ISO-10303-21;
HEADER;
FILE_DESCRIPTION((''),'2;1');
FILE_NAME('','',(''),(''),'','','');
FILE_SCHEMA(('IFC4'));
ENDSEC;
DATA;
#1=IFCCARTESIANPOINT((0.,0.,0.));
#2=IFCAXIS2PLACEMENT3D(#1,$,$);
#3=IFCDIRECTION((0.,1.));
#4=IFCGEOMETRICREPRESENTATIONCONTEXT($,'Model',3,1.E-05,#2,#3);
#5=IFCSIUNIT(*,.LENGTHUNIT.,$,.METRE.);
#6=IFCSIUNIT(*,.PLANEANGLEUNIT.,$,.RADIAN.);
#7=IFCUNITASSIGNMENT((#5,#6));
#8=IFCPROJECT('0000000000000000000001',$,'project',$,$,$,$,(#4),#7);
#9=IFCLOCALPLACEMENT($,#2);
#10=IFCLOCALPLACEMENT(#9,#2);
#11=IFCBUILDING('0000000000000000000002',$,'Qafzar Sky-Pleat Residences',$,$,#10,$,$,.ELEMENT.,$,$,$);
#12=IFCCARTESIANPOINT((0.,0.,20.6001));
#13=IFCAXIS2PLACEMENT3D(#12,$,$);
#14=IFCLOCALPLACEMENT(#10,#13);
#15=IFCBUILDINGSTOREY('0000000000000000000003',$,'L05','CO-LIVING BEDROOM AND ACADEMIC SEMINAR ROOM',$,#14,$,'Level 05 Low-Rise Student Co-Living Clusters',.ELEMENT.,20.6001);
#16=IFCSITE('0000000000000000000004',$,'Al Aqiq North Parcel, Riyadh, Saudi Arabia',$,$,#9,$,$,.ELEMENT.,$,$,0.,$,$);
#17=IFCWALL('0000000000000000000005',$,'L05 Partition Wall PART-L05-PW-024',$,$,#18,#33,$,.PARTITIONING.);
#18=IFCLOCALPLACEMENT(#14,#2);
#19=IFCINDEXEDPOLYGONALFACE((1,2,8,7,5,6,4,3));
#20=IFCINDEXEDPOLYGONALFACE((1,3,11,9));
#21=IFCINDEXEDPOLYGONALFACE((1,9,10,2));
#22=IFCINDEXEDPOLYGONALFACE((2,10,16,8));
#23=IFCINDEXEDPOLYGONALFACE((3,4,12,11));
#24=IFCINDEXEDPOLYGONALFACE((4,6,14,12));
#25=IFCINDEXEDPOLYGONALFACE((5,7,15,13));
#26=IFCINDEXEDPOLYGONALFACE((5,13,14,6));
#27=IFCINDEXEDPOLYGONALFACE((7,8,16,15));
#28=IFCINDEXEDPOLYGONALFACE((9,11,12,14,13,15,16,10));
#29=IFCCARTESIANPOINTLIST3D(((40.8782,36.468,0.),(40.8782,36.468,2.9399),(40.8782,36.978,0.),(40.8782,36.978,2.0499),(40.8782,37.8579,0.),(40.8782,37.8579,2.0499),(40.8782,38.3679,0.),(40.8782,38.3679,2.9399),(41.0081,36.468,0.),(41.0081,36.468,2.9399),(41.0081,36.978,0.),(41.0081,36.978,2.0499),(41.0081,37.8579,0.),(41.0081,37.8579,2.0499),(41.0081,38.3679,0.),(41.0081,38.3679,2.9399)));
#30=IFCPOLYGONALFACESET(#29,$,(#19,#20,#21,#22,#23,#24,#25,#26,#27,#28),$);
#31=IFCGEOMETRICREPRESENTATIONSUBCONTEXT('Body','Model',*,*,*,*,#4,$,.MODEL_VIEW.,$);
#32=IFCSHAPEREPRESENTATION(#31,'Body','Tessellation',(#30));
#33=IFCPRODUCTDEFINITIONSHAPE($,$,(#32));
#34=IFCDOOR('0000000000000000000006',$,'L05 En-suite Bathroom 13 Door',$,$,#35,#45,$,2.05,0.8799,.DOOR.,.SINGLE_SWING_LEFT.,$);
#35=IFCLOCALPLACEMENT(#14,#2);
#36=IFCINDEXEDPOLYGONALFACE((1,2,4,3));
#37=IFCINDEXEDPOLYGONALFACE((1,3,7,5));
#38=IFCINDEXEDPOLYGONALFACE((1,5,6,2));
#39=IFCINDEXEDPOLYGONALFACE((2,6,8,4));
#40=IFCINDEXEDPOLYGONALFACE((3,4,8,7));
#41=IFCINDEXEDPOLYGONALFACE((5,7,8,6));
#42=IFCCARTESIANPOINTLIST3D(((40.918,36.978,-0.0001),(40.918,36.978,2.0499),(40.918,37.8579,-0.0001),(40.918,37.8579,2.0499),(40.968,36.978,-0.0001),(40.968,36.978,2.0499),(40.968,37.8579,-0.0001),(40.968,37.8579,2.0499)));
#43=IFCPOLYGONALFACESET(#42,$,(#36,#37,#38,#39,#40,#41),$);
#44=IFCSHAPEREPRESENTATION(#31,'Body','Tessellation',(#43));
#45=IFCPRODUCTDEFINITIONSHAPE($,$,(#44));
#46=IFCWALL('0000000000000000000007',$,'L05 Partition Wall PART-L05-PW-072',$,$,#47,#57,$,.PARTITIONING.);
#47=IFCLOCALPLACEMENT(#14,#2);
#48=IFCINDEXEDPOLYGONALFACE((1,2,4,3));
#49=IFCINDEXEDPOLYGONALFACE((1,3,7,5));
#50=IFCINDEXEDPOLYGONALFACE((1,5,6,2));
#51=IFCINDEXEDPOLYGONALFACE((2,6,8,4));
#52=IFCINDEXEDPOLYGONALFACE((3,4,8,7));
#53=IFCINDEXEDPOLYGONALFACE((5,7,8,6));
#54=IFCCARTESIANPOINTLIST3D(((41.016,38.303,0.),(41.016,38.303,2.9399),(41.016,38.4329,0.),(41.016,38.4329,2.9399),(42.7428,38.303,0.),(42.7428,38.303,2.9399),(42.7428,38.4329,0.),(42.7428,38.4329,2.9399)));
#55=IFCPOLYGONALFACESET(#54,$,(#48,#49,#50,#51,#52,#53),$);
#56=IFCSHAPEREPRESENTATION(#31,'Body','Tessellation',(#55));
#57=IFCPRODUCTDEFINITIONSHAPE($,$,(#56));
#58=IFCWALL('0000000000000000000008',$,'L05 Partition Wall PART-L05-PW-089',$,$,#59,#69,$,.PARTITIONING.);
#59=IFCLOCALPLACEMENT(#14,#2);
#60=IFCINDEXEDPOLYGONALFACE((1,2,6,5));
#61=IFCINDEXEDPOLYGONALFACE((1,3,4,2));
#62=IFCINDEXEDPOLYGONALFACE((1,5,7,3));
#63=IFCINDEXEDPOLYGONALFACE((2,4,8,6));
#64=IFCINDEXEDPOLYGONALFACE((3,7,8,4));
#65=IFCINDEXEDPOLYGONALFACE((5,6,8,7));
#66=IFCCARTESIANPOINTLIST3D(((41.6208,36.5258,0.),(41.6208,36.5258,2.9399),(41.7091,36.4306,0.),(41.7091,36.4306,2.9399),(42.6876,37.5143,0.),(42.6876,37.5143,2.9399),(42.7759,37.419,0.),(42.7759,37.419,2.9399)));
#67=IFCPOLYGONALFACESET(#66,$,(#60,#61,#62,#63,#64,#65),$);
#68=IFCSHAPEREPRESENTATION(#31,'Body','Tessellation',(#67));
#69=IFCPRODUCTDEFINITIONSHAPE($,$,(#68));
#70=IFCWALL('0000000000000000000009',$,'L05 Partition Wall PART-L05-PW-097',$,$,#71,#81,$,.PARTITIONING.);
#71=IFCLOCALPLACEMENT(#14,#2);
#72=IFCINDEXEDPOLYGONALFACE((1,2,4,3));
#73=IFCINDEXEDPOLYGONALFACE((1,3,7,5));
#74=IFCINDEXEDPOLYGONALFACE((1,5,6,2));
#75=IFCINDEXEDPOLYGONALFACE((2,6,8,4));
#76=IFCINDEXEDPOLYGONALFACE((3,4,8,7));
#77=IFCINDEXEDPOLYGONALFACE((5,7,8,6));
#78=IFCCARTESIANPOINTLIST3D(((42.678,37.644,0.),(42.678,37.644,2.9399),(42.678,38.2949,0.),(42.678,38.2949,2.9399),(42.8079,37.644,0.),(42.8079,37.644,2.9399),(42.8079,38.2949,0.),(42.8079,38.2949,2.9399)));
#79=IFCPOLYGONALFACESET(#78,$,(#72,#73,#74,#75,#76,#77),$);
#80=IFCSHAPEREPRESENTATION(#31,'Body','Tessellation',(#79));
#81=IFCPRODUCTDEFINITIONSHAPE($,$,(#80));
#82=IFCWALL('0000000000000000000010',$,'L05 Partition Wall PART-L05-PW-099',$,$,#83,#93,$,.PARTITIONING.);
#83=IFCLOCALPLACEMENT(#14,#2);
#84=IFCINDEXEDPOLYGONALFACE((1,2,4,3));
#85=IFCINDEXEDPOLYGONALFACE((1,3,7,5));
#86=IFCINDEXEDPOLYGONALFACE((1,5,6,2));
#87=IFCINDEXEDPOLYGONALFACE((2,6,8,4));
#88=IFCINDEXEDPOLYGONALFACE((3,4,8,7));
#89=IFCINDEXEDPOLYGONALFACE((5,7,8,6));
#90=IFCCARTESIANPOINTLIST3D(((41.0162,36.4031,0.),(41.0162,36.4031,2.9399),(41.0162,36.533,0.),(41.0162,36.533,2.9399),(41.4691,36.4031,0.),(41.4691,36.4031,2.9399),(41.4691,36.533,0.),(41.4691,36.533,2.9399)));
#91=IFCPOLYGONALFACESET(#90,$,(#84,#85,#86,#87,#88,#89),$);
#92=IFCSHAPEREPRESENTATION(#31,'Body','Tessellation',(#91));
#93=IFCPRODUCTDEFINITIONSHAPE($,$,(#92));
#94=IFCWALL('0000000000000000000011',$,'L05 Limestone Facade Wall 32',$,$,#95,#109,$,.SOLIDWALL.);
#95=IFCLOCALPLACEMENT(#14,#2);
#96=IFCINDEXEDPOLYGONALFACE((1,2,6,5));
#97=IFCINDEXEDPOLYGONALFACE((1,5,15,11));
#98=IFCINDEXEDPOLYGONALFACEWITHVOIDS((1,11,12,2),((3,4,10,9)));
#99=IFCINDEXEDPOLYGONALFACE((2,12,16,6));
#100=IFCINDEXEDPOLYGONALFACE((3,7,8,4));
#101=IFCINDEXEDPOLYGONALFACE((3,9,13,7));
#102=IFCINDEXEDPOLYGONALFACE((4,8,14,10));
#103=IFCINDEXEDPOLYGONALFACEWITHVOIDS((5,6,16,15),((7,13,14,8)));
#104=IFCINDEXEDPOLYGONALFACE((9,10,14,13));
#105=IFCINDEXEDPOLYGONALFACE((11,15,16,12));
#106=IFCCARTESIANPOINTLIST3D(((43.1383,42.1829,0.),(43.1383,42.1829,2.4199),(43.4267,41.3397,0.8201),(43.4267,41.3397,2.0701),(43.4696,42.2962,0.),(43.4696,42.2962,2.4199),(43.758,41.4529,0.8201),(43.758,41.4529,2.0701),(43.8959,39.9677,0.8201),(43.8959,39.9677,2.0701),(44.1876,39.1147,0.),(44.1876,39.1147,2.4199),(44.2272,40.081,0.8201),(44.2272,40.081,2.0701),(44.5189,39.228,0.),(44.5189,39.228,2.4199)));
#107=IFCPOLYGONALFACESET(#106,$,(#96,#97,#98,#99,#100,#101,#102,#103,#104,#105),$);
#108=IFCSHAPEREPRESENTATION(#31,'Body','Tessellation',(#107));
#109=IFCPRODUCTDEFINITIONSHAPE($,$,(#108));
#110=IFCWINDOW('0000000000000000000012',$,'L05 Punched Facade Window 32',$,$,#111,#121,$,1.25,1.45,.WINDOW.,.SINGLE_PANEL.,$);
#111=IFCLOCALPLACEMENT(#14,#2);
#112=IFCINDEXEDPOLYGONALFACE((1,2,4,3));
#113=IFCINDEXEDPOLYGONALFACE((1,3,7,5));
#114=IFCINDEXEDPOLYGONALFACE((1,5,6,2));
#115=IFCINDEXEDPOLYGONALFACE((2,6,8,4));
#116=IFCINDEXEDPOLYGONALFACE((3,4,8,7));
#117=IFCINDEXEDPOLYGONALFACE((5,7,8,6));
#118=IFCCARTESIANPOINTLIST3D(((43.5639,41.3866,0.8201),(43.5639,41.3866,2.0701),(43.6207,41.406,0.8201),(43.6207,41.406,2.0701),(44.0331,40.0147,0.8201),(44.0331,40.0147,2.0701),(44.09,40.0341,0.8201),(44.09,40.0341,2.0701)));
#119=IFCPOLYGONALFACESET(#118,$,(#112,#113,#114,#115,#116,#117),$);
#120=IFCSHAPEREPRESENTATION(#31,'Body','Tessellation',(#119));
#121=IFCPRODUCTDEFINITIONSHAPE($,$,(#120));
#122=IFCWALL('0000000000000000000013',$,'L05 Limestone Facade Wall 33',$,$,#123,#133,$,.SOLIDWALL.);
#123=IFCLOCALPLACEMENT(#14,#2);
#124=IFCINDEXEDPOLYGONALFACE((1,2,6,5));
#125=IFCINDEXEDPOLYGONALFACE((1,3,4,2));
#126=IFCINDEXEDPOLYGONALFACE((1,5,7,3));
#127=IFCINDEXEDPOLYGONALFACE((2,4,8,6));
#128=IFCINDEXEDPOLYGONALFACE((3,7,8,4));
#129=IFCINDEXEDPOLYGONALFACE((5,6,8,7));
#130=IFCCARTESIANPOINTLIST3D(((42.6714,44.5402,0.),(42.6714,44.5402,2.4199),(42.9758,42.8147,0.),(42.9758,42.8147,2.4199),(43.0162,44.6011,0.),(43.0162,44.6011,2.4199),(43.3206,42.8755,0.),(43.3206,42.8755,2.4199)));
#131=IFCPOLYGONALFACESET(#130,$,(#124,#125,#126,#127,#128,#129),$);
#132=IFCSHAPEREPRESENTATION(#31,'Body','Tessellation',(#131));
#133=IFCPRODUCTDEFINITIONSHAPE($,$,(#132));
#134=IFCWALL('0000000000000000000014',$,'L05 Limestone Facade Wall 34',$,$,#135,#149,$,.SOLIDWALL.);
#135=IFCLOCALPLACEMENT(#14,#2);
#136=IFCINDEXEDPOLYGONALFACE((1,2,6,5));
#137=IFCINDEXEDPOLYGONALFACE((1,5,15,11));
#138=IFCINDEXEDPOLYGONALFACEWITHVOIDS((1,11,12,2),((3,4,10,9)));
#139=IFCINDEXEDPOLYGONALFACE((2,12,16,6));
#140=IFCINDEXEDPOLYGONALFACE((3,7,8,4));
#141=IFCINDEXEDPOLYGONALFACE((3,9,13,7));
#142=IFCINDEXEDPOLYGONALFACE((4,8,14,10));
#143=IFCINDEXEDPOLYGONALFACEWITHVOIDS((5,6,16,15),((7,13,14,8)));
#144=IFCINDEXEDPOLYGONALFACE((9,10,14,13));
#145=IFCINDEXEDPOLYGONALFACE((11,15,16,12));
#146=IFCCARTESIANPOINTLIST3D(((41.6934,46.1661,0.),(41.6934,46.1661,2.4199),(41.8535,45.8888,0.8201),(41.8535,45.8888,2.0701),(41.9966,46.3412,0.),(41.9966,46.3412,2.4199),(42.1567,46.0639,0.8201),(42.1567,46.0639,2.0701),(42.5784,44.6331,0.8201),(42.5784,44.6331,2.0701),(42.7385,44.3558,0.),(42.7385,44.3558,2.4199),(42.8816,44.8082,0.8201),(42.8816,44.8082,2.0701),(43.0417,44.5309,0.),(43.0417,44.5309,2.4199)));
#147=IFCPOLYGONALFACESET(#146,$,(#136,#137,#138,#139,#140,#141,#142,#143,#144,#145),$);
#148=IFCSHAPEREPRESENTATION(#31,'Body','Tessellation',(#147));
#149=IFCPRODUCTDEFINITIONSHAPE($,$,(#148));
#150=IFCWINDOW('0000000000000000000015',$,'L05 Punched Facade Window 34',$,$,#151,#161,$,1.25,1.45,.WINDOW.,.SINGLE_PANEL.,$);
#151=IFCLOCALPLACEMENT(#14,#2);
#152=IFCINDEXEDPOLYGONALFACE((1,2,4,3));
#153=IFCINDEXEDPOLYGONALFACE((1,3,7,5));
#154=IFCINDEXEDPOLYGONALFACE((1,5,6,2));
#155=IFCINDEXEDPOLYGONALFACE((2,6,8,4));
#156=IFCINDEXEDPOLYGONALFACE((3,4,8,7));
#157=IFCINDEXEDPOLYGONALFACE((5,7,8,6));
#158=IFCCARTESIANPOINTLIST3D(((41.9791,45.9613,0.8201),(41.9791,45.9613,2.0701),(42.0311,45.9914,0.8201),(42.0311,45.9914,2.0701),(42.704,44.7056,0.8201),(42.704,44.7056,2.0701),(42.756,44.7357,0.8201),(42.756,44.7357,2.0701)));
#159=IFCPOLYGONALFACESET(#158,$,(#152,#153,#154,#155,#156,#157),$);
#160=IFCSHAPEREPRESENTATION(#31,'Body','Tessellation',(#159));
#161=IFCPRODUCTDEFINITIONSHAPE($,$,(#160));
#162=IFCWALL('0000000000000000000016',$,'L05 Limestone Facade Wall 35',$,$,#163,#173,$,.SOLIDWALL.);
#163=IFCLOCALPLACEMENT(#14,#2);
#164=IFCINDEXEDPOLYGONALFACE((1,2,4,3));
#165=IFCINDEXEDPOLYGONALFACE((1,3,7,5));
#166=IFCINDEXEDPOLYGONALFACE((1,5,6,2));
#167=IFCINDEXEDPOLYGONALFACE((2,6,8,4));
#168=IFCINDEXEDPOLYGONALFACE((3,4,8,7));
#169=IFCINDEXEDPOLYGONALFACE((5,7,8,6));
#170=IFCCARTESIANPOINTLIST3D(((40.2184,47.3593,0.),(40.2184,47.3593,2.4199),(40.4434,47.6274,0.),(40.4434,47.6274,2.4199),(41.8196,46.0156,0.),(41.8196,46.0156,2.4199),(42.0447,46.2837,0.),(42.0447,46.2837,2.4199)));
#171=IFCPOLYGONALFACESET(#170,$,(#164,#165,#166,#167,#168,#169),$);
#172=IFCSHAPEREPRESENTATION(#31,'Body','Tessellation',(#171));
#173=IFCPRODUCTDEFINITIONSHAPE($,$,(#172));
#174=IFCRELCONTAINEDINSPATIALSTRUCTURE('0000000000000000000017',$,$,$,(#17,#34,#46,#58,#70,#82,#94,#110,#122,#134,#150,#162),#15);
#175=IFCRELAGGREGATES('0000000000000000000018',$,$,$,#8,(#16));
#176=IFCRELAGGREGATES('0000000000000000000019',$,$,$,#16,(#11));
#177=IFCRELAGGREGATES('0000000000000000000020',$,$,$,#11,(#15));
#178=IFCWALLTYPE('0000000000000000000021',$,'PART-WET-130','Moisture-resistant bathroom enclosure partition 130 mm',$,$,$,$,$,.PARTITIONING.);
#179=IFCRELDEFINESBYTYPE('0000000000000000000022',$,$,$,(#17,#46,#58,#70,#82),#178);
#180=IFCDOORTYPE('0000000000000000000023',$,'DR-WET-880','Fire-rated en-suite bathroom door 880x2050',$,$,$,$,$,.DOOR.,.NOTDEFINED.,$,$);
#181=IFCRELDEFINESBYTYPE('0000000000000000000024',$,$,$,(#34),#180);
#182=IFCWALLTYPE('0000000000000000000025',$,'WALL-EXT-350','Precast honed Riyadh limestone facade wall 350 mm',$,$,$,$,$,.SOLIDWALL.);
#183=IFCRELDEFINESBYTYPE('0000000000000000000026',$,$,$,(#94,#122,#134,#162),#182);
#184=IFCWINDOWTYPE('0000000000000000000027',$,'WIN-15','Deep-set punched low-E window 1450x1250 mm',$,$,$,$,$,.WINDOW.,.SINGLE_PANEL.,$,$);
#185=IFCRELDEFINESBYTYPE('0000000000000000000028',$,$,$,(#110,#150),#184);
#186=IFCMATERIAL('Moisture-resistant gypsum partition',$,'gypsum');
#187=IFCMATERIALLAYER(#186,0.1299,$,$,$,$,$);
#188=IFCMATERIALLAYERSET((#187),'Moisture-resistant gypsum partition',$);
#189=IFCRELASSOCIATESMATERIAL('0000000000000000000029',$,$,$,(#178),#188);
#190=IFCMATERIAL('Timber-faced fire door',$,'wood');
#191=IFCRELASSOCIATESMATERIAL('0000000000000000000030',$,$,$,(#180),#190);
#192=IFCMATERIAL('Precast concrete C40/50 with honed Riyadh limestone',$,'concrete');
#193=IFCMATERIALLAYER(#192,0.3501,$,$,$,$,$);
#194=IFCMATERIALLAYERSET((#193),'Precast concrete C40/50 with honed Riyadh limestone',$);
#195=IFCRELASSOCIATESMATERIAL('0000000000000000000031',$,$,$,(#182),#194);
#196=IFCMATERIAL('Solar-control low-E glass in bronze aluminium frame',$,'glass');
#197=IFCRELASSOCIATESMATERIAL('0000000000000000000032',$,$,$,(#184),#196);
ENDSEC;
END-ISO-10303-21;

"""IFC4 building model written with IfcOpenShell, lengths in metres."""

from ifc_helpers import new_model, si_unit, direction, frame, frame_2d, origin, place, context, subcontext, project, spatial, rectangle, extrude, source, transform, mapped, material, layer, layer_set, type_object, element, fill, save


model = new_model("IFC4")

# Units and contexts
model_context = context("Model", 3, precision=1e-05, world=origin(), true_north=direction((0.0, 1.0)))
body_context = subcontext(model_context, "Body", "Model", "MODEL_VIEW")
ifc_project = project(units=[si_unit("LENGTHUNIT", "METRE"), si_unit("PLANEANGLEUNIT", "RADIAN")], contexts=[model_context])

# Site, building, storey
site_placement = place(None, origin())
site = spatial("IfcSite", under=ifc_project, at=site_placement, Name="Al Aqiq North Parcel, Riyadh, Saudi Arabia", CompositionType="ELEMENT", RefElevation=0.0)
building_placement = place(site_placement, origin())
building = spatial("IfcBuilding", under=site, at=building_placement, Name="Qafzar Sky-Pleat Residences", CompositionType="ELEMENT")
storey_placement = place(building_placement, frame((0.0, 0.0, 20.6001)))
storey = spatial("IfcBuildingStorey", under=building, at=storey_placement, Name="L05", Description="CO-LIVING BEDROOM AND ACADEMIC SEMINAR ROOM", LongName="Level 05 Low-Rise Student Co-Living Clusters", CompositionType="ELEMENT", Elevation=20.6001)

# Wall, opening, door
ifc_material_1 = material(Name="Moisture-resistant gypsum partition", Category="gypsum")
ifc_layer_1 = layer(ifc_material_1, 0.1299)
ifc_layer_set_1 = layer_set([ifc_layer_1], Name="Moisture-resistant gypsum partition")
wall_type_1 = type_object("IfcWallType", Name="PART-WET-130", Description="Moisture-resistant bathroom enclosure partition 130 mm", PredefinedType="PARTITIONING", material=ifc_layer_set_1)
wall_1_placement = place(storey_placement, frame((40.9431, 38.3679, 0.0), z_axis=(0.0, 0.0, 1.0), x_axis=(0.0, -1.0, 0.0)))
wall_1 = element("IfcWall", 1, at=wall_1_placement, inside=storey, type_object=wall_type_1, Name="L05 Partition Wall PART-L05-PW-024", PredefinedType="PARTITIONING", context=body_context, shape_type="SweptSolid", body=[
    extrude(rectangle(XDim=1.8999, YDim=0.1299, at=frame_2d((0.95, 0.0))), origin(), (0.0, 0.0, 1.0), 2.9399),
])
opening_1_placement = place(wall_1_placement, frame((0.51, 0.0, 0.0)))
opening_1 = element("IfcOpeningElement", 2, at=opening_1_placement, cuts=wall_1, PredefinedType="OPENING", context=body_context, shape_type="SweptSolid", body=[
    extrude(rectangle(XDim=0.8799, YDim=2.05, at=frame_2d((0.4399, 1.0249))), frame((0.0, 0.075, 0.0), z_axis=(0.0, -1.0, 0.0), x_axis=(1.0, 0.0, 0.0)), (0.0, 0.0, 1.0), 0.1499),
])
ifc_material_2 = material(Name="Timber-faced fire door", Category="wood")
door_type = type_object("IfcDoorType", Name="DR-WET-880", Description="Fire-rated en-suite bathroom door 880x2050", OperationType="NOTDEFINED", PredefinedType="DOOR", material=ifc_material_2)
shared_shape_1 = source(origin(), body_context, "Body", "SweptSolid", [
    extrude(rectangle(XDim=0.8799, YDim=2.05, at=frame_2d((0.4399, 1.0249))), frame((0.0, 0.0249, 0.0), z_axis=(0.0, -1.0, 0.0), x_axis=(1.0, 0.0, 0.0)), (0.0, 0.0, 1.0), 0.05),
])
door_placement = place(opening_1_placement, origin())
door = element("IfcDoor", 3, at=door_placement, inside=storey, type_object=door_type, Name="L05 En-suite Bathroom 13 Door", OperationType="SINGLE_SWING_LEFT", OverallHeight=2.05, OverallWidth=0.8799, PredefinedType="DOOR", context=body_context, shape_type="MappedRepresentation", body=[
    mapped(shared_shape_1, transform((0.0, 0.0, 0.0), x_axis=(1.0, 0.0, 0.0), y_axis=(0.0, 1.0, 0.0), z_axis=(0.0, 0.0, 1.0), scale=1.0)),
])
fill(opening_1, door)

# Walls
wall_2_placement = place(storey_placement, frame((41.0161, 38.3679, 0.0), z_axis=(0.0, 0.0, 1.0), x_axis=(1.0, 0.0, 0.0)))
element("IfcWall", 4, at=wall_2_placement, inside=storey, type_object=wall_type_1, Name="L05 Partition Wall PART-L05-PW-072", PredefinedType="PARTITIONING", context=body_context, shape_type="SweptSolid", body=[
    extrude(rectangle(XDim=1.7268, YDim=0.1299, at=frame_2d((0.8633, 0.0))), origin(), (0.0, 0.0, 1.0), 2.9399),
])
wall_3_placement = place(storey_placement, frame((41.665, 36.4783, 0.0), z_axis=(0.0, 0.0, 1.0), x_axis=(0.733534, 0.679652, 0.0)))
element("IfcWall", 5, at=wall_3_placement, inside=storey, type_object=wall_type_1, Name="L05 Partition Wall PART-L05-PW-089", PredefinedType="PARTITIONING", context=body_context, shape_type="SweptSolid", body=[
    extrude(rectangle(XDim=1.4543, YDim=0.1299, at=frame_2d((0.7271, 0.0))), origin(), (0.0, 0.0, 1.0), 2.9399),
])
wall_4_placement = place(storey_placement, frame((42.7429, 37.644, 0.0), z_axis=(0.0, 0.0, 1.0), x_axis=(0.0, 1.0, 0.0)))
element("IfcWall", 6, at=wall_4_placement, inside=storey, type_object=wall_type_1, Name="L05 Partition Wall PART-L05-PW-097", PredefinedType="PARTITIONING", context=body_context, shape_type="SweptSolid", body=[
    extrude(rectangle(XDim=0.6509, YDim=0.1299, at=frame_2d((0.3254, 0.0))), origin(), (0.0, 0.0, 1.0), 2.9399),
])
wall_5_placement = place(storey_placement, frame((41.0161, 36.468, 0.0), z_axis=(0.0, 0.0, 1.0), x_axis=(1.0, 0.0, 0.0)))
element("IfcWall", 7, at=wall_5_placement, inside=storey, type_object=wall_type_1, Name="L05 Partition Wall PART-L05-PW-099", PredefinedType="PARTITIONING", context=body_context, shape_type="SweptSolid", body=[
    extrude(rectangle(XDim=0.4529, YDim=0.1299, at=frame_2d((0.2266, 0.0))), origin(), (0.0, 0.0, 1.0), 2.9399),
])

# Wall, opening, window
ifc_material_3 = material(Name="Precast concrete C40/50 with honed Riyadh limestone", Category="concrete")
ifc_layer_2 = layer(ifc_material_3, 0.3501)
ifc_layer_set_2 = layer_set([ifc_layer_2], Name="Precast concrete C40/50 with honed Riyadh limestone")
wall_type_2 = type_object("IfcWallType", Name="WALL-EXT-350", Description="Precast honed Riyadh limestone facade wall 350 mm", PredefinedType="SOLIDWALL", material=ifc_layer_set_2)
wall_6_placement = place(storey_placement, frame((44.3533, 39.1714, 0.0), z_axis=(0.0, 0.0, 1.0), x_axis=(-0.323604, 0.946193, 0.0)))
wall_6 = element("IfcWall", 8, at=wall_6_placement, inside=storey, type_object=wall_type_2, Name="L05 Limestone Facade Wall 32", PredefinedType="SOLIDWALL", context=body_context, shape_type="SweptSolid", body=[
    extrude(rectangle(XDim=3.2427, YDim=0.3501, at=frame_2d((1.6213, 0.0))), origin(), (0.0, 0.0, 1.0), 2.4199),
])
opening_2_placement = place(wall_6_placement, frame((0.9014, 0.0, 0.8201)))
opening_2 = element("IfcOpeningElement", 9, at=opening_2_placement, cuts=wall_6, PredefinedType="OPENING", context=body_context, shape_type="SweptSolid", body=[
    extrude(rectangle(XDim=1.45, YDim=1.25, at=frame_2d((0.7251, 0.625))), frame((0.0, 0.1851, 0.0), z_axis=(0.0, -1.0, 0.0), x_axis=(1.0, 0.0, 0.0)), (0.0, 0.0, 1.0), 0.3701),
])
ifc_material_4 = material(Name="Solar-control low-E glass in bronze aluminium frame", Category="glass")
window_type = type_object("IfcWindowType", Name="WIN-15", Description="Deep-set punched low-E window 1450x1250 mm", PartitioningType="SINGLE_PANEL", PredefinedType="WINDOW", material=ifc_material_4)
shared_shape_2 = source(origin(), body_context, "Body", "SweptSolid", [
    extrude(rectangle(XDim=1.45, YDim=1.25, at=frame_2d((0.7251, 0.625))), frame((0.0, 0.03, 0.0), z_axis=(0.0, -1.0, 0.0), x_axis=(1.0, 0.0, 0.0)), (0.0, 0.0, 1.0), 0.0601),
])
window_1_placement = place(opening_2_placement, origin())
window_1 = element("IfcWindow", 10, at=window_1_placement, inside=storey, type_object=window_type, Name="L05 Punched Facade Window 32", OverallHeight=1.25, OverallWidth=1.45, PartitioningType="SINGLE_PANEL", PredefinedType="WINDOW", context=body_context, shape_type="MappedRepresentation", body=[
    mapped(shared_shape_2, transform((0.0, 0.0, 0.0), x_axis=(1.0, 0.0, 0.0), y_axis=(0.0, 1.0, 0.0), z_axis=(0.0, 0.0, 1.0), scale=1.0)),
])
fill(opening_2, window_1)

# Wall
wall_7_placement = place(storey_placement, frame((43.1482, 42.8452, 0.0), z_axis=(0.0, 0.0, 1.0), x_axis=(-0.173746, 0.984791, 0.0)))
element("IfcWall", 11, at=wall_7_placement, inside=storey, type_object=wall_type_2, Name="L05 Limestone Facade Wall 33", PredefinedType="SOLIDWALL", context=body_context, shape_type="SweptSolid", body=[
    extrude(rectangle(XDim=1.7522, YDim=0.3501, at=frame_2d((0.876, 0.0))), origin(), (0.0, 0.0, 1.0), 2.4199),
])

# Wall, opening, window
wall_8_placement = place(storey_placement, frame((42.8901, 44.4434, 0.0), z_axis=(0.0, 0.0, 1.0), x_axis=(-0.499995, 0.866028, 0.0)))
wall_8 = element("IfcWall", 12, at=wall_8_placement, inside=storey, type_object=wall_type_2, Name="L05 Limestone Facade Wall 34", PredefinedType="SOLIDWALL", context=body_context, shape_type="SweptSolid", body=[
    extrude(rectangle(XDim=2.0903, YDim=0.3501, at=frame_2d((1.0452, 0.0))), origin(), (0.0, 0.0, 1.0), 2.4199),
])
opening_3_placement = place(wall_8_placement, frame((0.3201, 0.0, 0.8201)))
opening_3 = element("IfcOpeningElement", 13, at=opening_3_placement, cuts=wall_8, PredefinedType="OPENING", context=body_context, shape_type="SweptSolid", body=[
    extrude(rectangle(XDim=1.45, YDim=1.25, at=frame_2d((0.7251, 0.625))), frame((0.0, 0.1851, 0.0), z_axis=(0.0, -1.0, 0.0), x_axis=(1.0, 0.0, 0.0)), (0.0, 0.0, 1.0), 0.3701),
])
window_2_placement = place(opening_3_placement, origin())
window_2 = element("IfcWindow", 14, at=window_2_placement, inside=storey, type_object=window_type, Name="L05 Punched Facade Window 34", OverallHeight=1.25, OverallWidth=1.45, PartitioningType="SINGLE_PANEL", PredefinedType="WINDOW", context=body_context, shape_type="MappedRepresentation", body=[
    mapped(shared_shape_2, transform((0.0, 0.0, 0.0), x_axis=(1.0, 0.0, 0.0), y_axis=(0.0, 1.0, 0.0), z_axis=(0.0, 0.0, 1.0), scale=1.0)),
])
fill(opening_3, window_2)

# Wall
wall_9_placement = place(storey_placement, frame((41.9321, 46.1497, 0.0), z_axis=(0.0, 0.0, 1.0), x_axis=(-0.766025, 0.642811, 0.0)))
element("IfcWall", 15, at=wall_9_placement, inside=storey, type_object=wall_type_2, Name="L05 Limestone Facade Wall 35", PredefinedType="SOLIDWALL", context=body_context, shape_type="SweptSolid", body=[
    extrude(rectangle(XDim=2.0903, YDim=0.3501, at=frame_2d((1.0452, 0.0))), origin(), (0.0, 0.0, 1.0), 2.4199),
])

save(model, "model.ifc")
